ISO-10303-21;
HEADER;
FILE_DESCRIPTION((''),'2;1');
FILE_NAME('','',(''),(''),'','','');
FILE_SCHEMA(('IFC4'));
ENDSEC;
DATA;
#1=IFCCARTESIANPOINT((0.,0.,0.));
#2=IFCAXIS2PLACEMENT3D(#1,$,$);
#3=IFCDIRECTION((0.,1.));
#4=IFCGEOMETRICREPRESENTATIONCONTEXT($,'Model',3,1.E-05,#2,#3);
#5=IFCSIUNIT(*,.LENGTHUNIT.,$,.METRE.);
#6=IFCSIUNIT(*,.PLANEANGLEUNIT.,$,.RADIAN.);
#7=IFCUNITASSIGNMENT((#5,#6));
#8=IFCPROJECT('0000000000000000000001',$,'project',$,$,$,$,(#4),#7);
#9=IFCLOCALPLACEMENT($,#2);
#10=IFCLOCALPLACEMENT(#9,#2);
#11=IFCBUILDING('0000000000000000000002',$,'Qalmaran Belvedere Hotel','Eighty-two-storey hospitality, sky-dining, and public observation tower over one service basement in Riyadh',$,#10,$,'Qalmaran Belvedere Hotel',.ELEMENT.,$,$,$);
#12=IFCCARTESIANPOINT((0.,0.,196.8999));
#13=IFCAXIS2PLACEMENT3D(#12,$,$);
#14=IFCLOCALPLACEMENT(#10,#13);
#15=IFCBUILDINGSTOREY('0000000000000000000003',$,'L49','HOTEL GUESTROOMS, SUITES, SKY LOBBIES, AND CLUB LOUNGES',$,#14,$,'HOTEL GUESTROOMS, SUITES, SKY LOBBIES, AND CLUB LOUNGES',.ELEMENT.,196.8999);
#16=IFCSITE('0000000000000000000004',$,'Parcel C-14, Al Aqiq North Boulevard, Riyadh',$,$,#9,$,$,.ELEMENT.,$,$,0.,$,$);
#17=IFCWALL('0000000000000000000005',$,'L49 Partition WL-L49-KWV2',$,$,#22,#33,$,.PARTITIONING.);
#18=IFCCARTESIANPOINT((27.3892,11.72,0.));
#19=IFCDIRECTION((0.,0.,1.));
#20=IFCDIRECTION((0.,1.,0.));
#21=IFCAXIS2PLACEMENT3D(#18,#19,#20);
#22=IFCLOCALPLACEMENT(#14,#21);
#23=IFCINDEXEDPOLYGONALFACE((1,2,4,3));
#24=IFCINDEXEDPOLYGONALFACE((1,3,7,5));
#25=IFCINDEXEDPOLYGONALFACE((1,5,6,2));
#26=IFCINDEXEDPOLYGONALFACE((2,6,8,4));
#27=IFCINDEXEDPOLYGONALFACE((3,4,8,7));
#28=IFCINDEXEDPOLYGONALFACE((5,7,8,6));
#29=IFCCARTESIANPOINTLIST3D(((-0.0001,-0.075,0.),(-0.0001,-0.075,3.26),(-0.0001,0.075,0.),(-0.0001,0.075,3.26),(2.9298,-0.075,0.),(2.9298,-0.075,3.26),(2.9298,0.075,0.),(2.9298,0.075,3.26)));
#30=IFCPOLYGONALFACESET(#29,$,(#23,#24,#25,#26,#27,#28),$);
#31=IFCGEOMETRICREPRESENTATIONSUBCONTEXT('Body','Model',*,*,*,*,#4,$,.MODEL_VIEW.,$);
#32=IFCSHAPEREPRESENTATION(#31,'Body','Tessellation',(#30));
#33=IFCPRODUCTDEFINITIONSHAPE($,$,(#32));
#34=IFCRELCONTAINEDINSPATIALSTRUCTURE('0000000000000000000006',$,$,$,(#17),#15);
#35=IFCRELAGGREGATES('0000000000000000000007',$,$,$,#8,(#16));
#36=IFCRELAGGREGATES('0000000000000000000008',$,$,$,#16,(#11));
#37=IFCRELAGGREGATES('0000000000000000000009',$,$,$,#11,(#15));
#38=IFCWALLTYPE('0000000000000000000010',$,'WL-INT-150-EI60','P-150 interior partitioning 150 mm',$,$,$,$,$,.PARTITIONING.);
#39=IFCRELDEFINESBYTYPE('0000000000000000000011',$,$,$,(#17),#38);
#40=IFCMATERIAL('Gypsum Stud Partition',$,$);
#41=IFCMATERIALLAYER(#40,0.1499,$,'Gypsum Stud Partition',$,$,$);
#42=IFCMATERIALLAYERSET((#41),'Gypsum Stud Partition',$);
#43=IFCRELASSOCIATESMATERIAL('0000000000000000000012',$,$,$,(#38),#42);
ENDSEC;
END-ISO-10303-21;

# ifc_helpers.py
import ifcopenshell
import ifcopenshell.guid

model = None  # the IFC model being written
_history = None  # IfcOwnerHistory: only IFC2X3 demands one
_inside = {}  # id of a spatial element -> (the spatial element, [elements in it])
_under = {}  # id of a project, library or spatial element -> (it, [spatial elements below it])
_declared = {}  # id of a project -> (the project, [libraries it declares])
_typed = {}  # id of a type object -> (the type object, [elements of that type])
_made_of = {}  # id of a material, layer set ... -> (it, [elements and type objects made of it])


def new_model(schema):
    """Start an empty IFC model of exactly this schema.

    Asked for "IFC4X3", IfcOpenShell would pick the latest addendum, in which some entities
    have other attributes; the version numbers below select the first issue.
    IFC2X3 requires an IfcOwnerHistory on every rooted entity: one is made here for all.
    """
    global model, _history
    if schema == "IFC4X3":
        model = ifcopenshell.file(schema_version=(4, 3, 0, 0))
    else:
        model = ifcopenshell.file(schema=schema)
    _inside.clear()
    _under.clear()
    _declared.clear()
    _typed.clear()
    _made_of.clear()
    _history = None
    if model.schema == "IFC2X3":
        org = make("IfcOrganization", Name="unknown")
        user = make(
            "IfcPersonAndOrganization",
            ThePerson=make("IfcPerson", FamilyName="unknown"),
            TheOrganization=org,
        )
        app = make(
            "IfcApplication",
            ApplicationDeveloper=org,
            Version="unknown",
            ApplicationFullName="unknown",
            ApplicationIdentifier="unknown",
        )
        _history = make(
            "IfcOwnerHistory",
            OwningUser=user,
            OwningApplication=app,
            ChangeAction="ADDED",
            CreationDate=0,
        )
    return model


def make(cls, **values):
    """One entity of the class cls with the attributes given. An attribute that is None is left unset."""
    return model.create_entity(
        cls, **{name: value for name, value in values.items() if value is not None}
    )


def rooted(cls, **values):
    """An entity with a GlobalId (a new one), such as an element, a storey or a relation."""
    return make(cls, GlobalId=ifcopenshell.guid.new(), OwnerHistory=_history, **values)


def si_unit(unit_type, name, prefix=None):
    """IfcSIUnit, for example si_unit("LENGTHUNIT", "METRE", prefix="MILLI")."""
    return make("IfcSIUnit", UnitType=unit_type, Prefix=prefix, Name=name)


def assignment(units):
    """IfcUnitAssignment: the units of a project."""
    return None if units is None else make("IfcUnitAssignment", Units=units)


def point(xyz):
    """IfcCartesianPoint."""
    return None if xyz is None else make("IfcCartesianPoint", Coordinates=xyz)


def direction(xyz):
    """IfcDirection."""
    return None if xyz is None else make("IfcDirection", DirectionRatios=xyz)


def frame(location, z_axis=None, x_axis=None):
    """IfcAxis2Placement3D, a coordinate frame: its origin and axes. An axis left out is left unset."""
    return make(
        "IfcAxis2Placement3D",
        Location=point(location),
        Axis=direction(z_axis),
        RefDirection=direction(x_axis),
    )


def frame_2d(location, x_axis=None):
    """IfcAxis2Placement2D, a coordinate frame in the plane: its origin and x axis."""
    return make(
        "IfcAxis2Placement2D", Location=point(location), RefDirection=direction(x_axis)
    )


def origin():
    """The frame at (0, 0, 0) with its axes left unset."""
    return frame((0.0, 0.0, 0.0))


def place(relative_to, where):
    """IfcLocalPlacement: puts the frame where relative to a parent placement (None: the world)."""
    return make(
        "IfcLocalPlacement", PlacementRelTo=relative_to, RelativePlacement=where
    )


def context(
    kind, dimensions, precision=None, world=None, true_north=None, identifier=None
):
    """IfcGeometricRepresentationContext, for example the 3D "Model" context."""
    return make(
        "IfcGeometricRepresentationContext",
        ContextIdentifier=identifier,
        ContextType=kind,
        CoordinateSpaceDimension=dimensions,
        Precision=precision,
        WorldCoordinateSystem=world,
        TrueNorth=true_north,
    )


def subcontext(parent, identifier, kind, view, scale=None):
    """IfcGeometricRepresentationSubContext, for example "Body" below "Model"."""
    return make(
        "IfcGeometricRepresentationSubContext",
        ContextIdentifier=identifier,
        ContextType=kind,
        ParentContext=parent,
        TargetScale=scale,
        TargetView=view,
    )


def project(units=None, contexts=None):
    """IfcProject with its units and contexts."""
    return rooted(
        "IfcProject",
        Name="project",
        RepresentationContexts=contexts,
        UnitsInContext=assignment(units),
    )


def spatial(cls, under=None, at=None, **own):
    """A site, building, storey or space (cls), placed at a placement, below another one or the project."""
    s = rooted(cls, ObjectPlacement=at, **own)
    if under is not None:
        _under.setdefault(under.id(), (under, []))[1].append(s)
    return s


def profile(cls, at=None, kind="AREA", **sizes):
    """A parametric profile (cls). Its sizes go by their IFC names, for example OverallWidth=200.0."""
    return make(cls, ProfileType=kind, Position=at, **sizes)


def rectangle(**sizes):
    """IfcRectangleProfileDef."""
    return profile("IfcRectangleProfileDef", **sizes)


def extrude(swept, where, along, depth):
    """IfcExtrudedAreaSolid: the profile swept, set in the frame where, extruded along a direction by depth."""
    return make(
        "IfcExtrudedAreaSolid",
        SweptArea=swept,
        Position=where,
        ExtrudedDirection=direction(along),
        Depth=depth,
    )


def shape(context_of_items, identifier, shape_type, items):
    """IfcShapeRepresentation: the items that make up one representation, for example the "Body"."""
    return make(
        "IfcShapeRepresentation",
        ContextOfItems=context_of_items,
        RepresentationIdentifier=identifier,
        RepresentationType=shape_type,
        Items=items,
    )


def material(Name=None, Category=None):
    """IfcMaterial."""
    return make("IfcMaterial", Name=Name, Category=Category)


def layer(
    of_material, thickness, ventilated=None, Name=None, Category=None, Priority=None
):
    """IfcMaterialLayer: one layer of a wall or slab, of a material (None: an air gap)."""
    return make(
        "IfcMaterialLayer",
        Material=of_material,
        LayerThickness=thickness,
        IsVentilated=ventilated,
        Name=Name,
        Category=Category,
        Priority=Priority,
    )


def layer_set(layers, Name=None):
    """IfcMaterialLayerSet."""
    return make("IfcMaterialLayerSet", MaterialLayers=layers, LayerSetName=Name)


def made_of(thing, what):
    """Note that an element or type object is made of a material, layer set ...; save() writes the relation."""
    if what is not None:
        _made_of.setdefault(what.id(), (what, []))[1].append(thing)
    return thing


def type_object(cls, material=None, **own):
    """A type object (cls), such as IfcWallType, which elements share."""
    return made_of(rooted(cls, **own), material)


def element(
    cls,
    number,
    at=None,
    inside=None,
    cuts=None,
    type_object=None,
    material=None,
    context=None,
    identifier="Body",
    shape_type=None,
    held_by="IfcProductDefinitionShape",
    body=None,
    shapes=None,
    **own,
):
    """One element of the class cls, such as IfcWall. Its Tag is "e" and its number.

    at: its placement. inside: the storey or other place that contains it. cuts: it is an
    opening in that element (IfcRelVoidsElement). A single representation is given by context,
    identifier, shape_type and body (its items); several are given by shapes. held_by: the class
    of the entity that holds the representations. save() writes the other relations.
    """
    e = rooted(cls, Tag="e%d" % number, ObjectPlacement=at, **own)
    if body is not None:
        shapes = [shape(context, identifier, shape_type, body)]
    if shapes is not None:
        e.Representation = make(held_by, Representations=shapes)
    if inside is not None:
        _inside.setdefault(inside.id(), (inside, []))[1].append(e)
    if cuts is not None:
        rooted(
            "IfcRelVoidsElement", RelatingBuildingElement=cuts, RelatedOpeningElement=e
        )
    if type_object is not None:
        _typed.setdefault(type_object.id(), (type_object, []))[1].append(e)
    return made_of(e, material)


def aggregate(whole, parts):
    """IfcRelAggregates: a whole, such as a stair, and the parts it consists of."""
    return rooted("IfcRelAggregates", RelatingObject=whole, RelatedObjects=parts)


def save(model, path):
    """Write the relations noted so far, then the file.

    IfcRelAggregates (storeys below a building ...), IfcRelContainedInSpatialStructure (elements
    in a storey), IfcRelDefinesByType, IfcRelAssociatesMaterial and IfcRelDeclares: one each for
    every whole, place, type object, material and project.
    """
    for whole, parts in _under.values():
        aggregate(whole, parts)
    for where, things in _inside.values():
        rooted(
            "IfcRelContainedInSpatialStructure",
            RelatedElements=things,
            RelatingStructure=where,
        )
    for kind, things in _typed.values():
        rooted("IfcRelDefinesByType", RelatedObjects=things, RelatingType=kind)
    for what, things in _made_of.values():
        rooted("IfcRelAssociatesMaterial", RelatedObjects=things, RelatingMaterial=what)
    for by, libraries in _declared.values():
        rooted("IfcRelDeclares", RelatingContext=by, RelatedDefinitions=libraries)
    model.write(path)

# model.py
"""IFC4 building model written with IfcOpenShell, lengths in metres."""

from ifc_helpers import new_model, si_unit, direction, frame, frame_2d, origin, place, context, subcontext, project, spatial, rectangle, extrude, material, layer, layer_set, type_object, element, save


model = new_model("IFC4")

# Units and contexts
model_context = context("Model", 3, precision=1e-05, world=origin(), true_north=direction((0.0, 1.0)))
body_context = subcontext(model_context, "Body", "Model", "MODEL_VIEW")
ifc_project = project(units=[si_unit("LENGTHUNIT", "METRE"), si_unit("PLANEANGLEUNIT", "RADIAN")], contexts=[model_context])

# Site, building, storey
site_placement = place(None, origin())
site = spatial("IfcSite", under=ifc_project, at=site_placement, Name="Parcel C-14, Al Aqiq North Boulevard, Riyadh", CompositionType="ELEMENT", RefElevation=0.0)
building_placement = place(site_placement, origin())
building = spatial("IfcBuilding", under=site, at=building_placement, Name="Qalmaran Belvedere Hotel", Description="Eighty-two-storey hospitality, sky-dining, and public observation tower over one service basement in Riyadh", LongName="Qalmaran Belvedere Hotel", CompositionType="ELEMENT")
storey_placement = place(building_placement, frame((0.0, 0.0, 196.8999)))
storey = spatial("IfcBuildingStorey", under=building, at=storey_placement, Name="L49", Description="HOTEL GUESTROOMS, SUITES, SKY LOBBIES, AND CLUB LOUNGES", LongName="HOTEL GUESTROOMS, SUITES, SKY LOBBIES, AND CLUB LOUNGES", CompositionType="ELEMENT", Elevation=196.8999)

# Wall
ifc_material_1 = material(Name="Gypsum Stud Partition")
ifc_layer_1 = layer(ifc_material_1, 0.1499, Name="Gypsum Stud Partition")
ifc_layer_set_1 = layer_set([ifc_layer_1], Name="Gypsum Stud Partition")
wall_type_1 = type_object("IfcWallType", Name="WL-INT-150-EI60", Description="P-150 interior partitioning 150 mm", PredefinedType="PARTITIONING", material=ifc_layer_set_1)
wall_1_placement = place(storey_placement, frame((27.3892, 11.72, 0.0), z_axis=(0.0, 0.0, 1.0), x_axis=(0.0, 1.0, 0.0)))
element("IfcWall", 1, at=wall_1_placement, inside=storey, type_object=wall_type_1, Name="L49 Partition WL-L49-KWV2", PredefinedType="PARTITIONING", context=body_context, shape_type="SweptSolid", body=[
    extrude(rectangle(XDim=2.9299, YDim=0.1499, at=frame_2d((1.4648, 0.0))), origin(), (0.0, 0.0, 1.0), 3.26),
])

save(model, "model.ifc")
